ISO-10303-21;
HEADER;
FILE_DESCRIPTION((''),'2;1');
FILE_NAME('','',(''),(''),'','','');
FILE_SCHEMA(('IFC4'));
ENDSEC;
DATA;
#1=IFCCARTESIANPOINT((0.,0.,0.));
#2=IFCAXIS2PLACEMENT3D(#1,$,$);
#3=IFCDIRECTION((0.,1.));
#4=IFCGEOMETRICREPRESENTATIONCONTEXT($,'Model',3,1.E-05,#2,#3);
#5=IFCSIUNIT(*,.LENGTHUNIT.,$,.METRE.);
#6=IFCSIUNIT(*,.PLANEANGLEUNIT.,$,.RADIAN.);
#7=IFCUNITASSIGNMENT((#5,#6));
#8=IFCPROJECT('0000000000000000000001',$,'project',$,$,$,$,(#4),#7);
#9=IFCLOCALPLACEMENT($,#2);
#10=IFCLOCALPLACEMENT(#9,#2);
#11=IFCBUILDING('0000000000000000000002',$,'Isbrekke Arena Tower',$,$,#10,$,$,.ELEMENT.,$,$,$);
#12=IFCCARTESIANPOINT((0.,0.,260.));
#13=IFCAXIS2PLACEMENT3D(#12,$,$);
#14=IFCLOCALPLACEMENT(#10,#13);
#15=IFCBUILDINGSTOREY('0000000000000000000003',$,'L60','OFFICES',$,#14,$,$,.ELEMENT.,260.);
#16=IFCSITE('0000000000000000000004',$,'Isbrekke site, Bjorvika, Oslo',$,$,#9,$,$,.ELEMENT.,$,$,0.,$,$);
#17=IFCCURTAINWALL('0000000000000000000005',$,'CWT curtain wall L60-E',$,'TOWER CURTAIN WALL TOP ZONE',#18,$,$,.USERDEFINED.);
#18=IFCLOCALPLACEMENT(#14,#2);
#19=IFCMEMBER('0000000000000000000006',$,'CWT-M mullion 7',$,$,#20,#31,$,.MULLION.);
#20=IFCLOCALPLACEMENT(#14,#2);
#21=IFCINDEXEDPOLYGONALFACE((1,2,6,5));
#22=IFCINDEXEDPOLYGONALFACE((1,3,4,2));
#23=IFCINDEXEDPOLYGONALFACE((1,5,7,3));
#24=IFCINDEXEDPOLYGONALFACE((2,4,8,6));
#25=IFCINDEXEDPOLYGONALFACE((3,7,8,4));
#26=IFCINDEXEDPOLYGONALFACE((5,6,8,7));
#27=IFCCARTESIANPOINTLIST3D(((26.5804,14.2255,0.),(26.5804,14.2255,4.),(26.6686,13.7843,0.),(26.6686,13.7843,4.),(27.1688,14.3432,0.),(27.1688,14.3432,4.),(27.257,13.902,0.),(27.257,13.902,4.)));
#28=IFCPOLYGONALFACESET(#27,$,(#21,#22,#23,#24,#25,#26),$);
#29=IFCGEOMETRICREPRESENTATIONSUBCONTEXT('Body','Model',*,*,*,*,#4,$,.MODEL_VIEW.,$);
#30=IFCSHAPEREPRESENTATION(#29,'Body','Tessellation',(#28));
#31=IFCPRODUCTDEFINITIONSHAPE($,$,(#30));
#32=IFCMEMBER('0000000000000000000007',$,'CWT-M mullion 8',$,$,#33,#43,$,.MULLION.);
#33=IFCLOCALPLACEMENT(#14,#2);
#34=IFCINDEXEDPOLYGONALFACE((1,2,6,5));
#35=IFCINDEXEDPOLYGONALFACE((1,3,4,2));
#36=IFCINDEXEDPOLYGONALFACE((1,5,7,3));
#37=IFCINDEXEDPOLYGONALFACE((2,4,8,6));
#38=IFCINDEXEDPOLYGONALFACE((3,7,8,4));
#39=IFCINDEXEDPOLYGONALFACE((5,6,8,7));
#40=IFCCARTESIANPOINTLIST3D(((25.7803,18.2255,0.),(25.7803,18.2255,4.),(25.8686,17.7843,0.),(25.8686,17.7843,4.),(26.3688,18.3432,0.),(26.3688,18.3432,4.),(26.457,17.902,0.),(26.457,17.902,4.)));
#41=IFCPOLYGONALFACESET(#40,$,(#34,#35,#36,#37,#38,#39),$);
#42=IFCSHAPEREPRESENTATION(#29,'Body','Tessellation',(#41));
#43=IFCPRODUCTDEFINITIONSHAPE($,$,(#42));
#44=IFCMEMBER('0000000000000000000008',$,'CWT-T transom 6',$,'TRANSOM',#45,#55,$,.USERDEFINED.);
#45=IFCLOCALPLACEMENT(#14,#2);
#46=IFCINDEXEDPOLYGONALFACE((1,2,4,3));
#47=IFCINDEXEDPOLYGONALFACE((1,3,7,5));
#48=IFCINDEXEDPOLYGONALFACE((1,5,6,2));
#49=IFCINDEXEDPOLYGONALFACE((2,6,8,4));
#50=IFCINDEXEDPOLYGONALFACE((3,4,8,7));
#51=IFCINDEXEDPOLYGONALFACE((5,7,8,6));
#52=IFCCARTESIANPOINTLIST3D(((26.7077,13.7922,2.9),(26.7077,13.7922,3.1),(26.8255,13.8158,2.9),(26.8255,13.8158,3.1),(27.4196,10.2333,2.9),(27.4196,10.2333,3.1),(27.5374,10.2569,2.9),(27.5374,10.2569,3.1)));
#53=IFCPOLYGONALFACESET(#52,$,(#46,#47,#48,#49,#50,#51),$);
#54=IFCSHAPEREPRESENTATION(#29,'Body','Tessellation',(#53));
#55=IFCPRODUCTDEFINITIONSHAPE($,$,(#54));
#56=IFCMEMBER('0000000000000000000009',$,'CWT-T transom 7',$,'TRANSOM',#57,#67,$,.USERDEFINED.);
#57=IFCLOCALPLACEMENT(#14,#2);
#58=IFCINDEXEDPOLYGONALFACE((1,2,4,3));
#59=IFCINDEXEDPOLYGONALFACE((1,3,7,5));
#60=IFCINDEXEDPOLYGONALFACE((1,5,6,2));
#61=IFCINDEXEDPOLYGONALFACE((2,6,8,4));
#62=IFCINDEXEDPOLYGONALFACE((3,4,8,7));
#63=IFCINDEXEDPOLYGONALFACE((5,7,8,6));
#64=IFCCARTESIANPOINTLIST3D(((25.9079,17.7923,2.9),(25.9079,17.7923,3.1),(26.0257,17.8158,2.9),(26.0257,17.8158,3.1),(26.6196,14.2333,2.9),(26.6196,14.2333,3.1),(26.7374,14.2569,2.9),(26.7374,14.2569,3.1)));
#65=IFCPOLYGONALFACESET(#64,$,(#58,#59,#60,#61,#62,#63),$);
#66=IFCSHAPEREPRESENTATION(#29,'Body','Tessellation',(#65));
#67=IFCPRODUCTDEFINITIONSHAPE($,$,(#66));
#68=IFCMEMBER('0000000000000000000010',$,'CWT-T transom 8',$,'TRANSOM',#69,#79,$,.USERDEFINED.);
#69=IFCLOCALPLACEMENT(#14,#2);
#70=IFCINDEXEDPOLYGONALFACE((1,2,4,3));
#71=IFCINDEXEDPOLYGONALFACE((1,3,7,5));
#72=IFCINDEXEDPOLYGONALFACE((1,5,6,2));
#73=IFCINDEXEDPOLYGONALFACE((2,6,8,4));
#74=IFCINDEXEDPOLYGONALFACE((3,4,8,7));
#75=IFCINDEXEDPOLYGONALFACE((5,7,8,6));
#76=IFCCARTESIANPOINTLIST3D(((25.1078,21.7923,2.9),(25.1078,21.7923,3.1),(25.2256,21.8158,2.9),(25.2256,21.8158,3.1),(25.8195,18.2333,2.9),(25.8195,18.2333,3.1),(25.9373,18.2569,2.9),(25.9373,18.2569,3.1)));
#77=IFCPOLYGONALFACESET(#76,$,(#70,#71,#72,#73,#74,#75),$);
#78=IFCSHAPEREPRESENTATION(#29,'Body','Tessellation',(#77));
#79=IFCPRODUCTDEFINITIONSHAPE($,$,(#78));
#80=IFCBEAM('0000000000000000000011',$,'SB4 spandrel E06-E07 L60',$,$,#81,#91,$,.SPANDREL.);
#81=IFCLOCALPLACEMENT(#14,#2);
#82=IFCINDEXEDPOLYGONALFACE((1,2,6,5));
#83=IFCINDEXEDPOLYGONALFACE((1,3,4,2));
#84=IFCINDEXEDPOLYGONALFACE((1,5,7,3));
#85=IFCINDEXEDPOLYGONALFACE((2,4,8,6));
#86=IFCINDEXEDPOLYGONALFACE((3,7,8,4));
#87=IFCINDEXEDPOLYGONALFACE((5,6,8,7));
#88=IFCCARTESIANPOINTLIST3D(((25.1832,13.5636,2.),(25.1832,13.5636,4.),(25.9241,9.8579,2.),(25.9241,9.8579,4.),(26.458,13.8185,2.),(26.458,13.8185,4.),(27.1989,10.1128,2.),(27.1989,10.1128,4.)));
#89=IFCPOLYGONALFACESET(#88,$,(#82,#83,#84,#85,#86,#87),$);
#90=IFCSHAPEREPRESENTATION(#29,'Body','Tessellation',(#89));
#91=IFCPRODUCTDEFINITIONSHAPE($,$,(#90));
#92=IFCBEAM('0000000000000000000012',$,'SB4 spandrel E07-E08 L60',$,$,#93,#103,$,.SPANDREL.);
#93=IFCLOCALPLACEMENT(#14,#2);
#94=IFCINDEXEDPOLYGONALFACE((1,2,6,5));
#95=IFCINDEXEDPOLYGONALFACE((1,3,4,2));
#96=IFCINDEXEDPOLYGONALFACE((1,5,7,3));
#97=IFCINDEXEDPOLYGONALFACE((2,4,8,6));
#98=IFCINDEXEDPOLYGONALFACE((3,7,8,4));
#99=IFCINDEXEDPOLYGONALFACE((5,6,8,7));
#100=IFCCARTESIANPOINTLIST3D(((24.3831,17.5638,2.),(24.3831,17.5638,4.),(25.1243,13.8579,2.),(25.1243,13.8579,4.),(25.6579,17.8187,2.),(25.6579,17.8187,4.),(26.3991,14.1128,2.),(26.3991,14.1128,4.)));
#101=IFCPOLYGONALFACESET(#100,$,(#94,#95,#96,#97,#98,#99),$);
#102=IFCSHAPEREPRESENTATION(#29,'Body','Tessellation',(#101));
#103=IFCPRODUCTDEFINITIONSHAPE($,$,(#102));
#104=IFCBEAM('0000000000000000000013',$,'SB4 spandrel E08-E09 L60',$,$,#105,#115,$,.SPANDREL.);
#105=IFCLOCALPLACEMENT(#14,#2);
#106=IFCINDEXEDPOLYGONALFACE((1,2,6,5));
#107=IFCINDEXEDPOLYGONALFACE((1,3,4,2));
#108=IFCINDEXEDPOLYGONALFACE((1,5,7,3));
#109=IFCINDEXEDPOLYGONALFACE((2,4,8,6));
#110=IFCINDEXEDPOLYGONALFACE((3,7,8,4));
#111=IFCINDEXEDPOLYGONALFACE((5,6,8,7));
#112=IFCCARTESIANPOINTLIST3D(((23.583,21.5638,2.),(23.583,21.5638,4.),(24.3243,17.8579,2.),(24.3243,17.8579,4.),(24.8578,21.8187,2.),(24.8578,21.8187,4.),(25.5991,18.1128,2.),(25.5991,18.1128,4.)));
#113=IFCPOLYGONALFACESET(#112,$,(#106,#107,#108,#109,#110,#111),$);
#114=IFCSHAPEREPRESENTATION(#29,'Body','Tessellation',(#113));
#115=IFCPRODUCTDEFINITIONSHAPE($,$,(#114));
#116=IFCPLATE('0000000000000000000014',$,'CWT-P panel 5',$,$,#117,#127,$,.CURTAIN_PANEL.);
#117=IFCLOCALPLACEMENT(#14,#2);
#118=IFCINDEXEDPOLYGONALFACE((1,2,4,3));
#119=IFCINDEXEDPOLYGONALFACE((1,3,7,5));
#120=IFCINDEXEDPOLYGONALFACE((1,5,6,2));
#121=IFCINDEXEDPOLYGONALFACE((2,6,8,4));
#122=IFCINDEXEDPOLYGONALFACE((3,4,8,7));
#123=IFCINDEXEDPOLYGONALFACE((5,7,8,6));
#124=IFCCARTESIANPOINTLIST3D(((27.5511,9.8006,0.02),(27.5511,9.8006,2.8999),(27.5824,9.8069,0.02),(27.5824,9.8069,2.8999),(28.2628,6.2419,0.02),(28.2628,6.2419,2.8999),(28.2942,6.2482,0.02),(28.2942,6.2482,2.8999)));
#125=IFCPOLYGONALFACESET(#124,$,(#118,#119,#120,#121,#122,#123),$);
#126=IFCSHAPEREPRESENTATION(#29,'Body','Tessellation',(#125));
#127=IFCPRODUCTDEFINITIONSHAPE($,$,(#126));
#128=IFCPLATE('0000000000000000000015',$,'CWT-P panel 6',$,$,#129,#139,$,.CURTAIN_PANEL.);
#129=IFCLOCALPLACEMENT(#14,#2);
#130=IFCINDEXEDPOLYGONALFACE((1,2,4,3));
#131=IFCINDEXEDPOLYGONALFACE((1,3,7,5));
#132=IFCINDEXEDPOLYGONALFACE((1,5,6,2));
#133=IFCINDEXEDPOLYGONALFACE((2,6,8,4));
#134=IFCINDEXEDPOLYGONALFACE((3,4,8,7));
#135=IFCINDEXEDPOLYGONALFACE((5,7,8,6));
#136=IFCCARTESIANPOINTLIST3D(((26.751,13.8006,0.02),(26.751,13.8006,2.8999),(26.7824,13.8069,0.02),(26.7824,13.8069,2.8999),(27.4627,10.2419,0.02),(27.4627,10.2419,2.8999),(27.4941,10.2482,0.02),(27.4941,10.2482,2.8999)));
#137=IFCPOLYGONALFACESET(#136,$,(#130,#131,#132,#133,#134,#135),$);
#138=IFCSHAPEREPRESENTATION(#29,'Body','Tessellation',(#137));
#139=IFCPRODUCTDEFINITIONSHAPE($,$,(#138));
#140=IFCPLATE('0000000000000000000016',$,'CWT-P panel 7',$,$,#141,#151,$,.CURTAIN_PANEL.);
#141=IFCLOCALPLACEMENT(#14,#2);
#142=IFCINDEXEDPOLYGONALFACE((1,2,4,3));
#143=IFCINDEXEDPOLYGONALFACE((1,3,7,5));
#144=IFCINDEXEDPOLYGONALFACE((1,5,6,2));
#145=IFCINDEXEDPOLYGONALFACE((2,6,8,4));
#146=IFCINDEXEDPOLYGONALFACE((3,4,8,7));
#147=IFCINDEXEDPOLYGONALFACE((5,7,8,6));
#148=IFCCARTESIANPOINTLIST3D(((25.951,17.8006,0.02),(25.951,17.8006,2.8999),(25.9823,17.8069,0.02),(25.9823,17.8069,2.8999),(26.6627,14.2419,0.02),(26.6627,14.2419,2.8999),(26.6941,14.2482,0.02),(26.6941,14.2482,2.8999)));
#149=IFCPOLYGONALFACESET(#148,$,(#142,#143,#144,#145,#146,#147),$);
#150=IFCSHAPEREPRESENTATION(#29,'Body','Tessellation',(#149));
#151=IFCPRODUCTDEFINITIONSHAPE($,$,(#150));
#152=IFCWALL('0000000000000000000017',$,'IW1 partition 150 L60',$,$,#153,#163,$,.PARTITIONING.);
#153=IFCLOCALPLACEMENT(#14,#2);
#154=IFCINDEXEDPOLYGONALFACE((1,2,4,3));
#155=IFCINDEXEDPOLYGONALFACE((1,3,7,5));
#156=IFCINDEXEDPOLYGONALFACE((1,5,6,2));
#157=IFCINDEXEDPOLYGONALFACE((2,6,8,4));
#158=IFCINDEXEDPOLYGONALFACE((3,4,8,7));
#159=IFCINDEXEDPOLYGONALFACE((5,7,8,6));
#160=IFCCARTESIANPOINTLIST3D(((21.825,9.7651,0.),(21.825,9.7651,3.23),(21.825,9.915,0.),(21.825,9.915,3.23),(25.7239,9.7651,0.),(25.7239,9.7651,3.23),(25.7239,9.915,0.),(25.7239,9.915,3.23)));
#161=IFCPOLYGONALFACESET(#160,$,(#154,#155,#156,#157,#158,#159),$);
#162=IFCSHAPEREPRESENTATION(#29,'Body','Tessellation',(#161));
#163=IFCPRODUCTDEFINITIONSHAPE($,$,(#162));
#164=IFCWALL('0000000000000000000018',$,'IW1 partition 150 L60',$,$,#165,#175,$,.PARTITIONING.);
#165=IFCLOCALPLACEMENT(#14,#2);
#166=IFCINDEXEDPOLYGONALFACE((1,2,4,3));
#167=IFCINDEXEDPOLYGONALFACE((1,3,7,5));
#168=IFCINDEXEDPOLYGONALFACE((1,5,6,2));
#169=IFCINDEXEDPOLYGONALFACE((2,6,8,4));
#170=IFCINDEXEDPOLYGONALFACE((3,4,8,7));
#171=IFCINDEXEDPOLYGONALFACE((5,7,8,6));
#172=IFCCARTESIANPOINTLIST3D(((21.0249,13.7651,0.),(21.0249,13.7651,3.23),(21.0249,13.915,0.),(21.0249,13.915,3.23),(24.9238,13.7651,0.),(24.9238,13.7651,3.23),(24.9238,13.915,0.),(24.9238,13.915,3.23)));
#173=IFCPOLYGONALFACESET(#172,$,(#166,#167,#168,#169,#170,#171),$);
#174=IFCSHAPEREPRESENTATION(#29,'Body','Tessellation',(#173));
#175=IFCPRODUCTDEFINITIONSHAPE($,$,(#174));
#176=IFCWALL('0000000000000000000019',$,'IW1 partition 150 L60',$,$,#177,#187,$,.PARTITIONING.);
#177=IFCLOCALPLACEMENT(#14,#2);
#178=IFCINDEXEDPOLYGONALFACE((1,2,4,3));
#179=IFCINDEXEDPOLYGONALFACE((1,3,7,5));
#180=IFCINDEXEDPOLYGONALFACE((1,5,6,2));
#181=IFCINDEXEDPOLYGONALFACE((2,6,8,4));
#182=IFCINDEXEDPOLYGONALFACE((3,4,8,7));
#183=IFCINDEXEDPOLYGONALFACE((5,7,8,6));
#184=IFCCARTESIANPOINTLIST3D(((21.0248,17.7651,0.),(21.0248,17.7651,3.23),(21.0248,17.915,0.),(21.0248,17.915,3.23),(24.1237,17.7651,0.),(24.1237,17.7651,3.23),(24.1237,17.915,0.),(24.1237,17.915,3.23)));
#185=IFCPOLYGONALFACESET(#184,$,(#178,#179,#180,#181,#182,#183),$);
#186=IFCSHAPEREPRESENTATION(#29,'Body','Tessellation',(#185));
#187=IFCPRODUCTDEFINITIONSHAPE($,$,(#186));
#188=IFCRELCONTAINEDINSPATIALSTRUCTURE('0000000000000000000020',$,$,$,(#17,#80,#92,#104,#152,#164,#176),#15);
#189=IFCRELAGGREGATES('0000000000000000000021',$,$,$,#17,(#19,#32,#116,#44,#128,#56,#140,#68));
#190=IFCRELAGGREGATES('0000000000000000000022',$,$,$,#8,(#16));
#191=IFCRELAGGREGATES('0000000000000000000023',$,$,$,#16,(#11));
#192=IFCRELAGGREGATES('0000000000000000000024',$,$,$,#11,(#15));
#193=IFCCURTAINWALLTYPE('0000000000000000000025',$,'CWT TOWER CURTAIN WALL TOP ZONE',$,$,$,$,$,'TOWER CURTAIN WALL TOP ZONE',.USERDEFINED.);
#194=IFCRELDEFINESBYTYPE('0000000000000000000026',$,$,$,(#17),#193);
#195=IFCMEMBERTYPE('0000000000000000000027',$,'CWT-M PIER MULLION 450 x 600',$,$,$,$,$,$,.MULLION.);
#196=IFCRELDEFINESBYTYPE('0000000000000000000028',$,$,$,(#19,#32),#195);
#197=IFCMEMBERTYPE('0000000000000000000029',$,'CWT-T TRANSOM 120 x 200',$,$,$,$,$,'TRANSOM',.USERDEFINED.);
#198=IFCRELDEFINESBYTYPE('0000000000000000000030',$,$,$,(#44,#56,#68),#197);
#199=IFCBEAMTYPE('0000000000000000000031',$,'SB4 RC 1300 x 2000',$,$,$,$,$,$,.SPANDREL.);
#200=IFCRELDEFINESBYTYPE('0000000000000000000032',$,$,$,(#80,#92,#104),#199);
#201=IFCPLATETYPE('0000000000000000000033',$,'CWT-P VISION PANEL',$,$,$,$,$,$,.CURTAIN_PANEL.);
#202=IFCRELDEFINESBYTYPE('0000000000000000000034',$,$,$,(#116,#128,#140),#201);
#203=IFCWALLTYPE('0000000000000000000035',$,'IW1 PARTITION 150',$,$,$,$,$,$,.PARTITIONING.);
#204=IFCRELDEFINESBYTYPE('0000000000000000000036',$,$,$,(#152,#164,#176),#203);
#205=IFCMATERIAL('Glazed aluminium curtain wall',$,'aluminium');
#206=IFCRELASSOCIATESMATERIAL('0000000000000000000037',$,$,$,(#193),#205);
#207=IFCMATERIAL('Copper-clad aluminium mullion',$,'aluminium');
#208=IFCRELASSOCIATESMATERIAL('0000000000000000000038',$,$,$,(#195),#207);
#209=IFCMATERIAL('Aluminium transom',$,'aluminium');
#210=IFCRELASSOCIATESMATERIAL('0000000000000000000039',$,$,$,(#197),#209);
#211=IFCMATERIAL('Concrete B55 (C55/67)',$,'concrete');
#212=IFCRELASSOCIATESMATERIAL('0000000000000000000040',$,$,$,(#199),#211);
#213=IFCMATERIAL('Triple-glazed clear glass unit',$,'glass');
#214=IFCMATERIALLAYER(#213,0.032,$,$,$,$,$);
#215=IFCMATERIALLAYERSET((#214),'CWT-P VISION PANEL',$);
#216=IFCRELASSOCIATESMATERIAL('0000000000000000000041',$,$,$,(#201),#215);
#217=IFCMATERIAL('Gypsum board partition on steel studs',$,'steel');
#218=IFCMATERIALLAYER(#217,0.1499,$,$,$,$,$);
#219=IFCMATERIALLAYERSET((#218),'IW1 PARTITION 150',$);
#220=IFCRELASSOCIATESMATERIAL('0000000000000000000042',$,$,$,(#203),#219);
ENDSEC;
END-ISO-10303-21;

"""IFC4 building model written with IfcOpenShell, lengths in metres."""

from ifc_helpers import new_model, si_unit, direction, frame, frame_2d, origin, origin_2d, place, context, subcontext, project, spatial, rectangle, extrude, material, layer, layer_set, material_profile, profile_set, type_object, element, aggregate, save


model = new_model("IFC4")

# Units and contexts
model_context = context("Model", 3, precision=1e-05, world=origin(), true_north=direction((0.0, 1.0)))
body_context = subcontext(model_context, "Body", "Model", "MODEL_VIEW")
ifc_project = project(units=[si_unit("LENGTHUNIT", "METRE"), si_unit("PLANEANGLEUNIT", "RADIAN")], contexts=[model_context])

# Site, building, storey
site_placement = place(None, origin())
site = spatial("IfcSite", under=ifc_project, at=site_placement, Name="Isbrekke site, Bjorvika, Oslo", CompositionType="ELEMENT", RefElevation=0.0)
building_placement = place(site_placement, origin())
building = spatial("IfcBuilding", under=site, at=building_placement, Name="Isbrekke Arena Tower", CompositionType="ELEMENT")
storey_placement = place(building_placement, frame((0.0, 0.0, 260.0)))
storey = spatial("IfcBuildingStorey", under=building, at=storey_placement, Name="L60", Description="OFFICES", CompositionType="ELEMENT", Elevation=260.0)

# Curtain wall, members
ifc_material_1 = material(Name="Glazed aluminium curtain wall", Category="aluminium")
curtain_wall_type = type_object("IfcCurtainWallType", Name="CWT TOWER CURTAIN WALL TOP ZONE", ElementType="TOWER CURTAIN WALL TOP ZONE", PredefinedType="USERDEFINED", material=ifc_material_1)
curtain_wall_placement = place(storey_placement, origin())
curtain_wall = element("IfcCurtainWall", 1, at=curtain_wall_placement, inside=storey, type_object=curtain_wall_type, Name="CWT curtain wall L60-E", ObjectType="TOWER CURTAIN WALL TOP ZONE", PredefinedType="USERDEFINED")
ifc_material_2 = material(Name="Copper-clad aluminium mullion", Category="aluminium")
ifc_material_profile_1 = material_profile(ifc_material_2, rectangle(XDim=0.45, YDim=0.6001, at=origin_2d()), Name="PIER 450X600")
ifc_profile_set_1 = profile_set([ifc_material_profile_1], Name="Copper-clad aluminium mullion")
member_type_1 = type_object("IfcMemberType", Name="CWT-M PIER MULLION 450 x 600", PredefinedType="MULLION", material=ifc_profile_set_1)
member_1_placement = place(storey_placement, frame((26.9187, 14.0637, 0.0), z_axis=(0.0, 0.0, 1.0), x_axis=(-0.196116, 0.980581, 0.0)))
member_1 = element("IfcMember", 2, at=member_1_placement, type_object=member_type_1, Name="CWT-M mullion 7", PredefinedType="MULLION", context=body_context, shape_type="SweptSolid", body=[
    extrude(rectangle(XDim=0.45, YDim=0.6001, at=origin_2d()), origin(), (0.0, 0.0, 1.0), 4.0),
])
member_2_placement = place(storey_placement, frame((26.1187, 18.0637, 0.0), z_axis=(0.0, 0.0, 1.0), x_axis=(-0.196116, 0.980581, 0.0)))
member_2 = element("IfcMember", 3, at=member_2_placement, type_object=member_type_1, Name="CWT-M mullion 8", PredefinedType="MULLION", context=body_context, shape_type="SweptSolid", body=[
    extrude(rectangle(XDim=0.45, YDim=0.6001, at=origin_2d()), origin(), (0.0, 0.0, 1.0), 4.0),
])
ifc_material_3 = material(Name="Aluminium transom", Category="aluminium")
ifc_material_profile_2 = material_profile(ifc_material_3, rectangle(XDim=0.1201, YDim=0.2, at=origin_2d()), Name="TRANSOM 120X200")
ifc_profile_set_2 = profile_set([ifc_material_profile_2], Name="Aluminium transom")
member_type_2 = type_object("IfcMemberType", Name="CWT-T TRANSOM 120 x 200", ElementType="TRANSOM", PredefinedType="USERDEFINED", material=ifc_profile_set_2)
member_3_placement = place(storey_placement, frame((27.4785, 10.2451, 3.0), z_axis=(-0.196155, 0.980573, 0.0), x_axis=(-0.980573, -0.196155, 0.0)))
member_3 = element("IfcMember", 4, at=member_3_placement, type_object=member_type_2, Name="CWT-T transom 6", ObjectType="TRANSOM", PredefinedType="USERDEFINED", context=body_context, shape_type="SweptSolid", body=[
    extrude(rectangle(XDim=0.1201, YDim=0.2, at=origin_2d()), origin(), (0.0, 0.0, 1.0), 3.6294),
])
member_4_placement = place(storey_placement, frame((26.6785, 14.2451, 3.0), z_axis=(-0.19609, 0.980586, 0.0), x_axis=(-0.980586, -0.19609, 0.0)))
member_4 = element("IfcMember", 5, at=member_4_placement, type_object=member_type_2, Name="CWT-T transom 7", ObjectType="TRANSOM", PredefinedType="USERDEFINED", context=body_context, shape_type="SweptSolid", body=[
    extrude(rectangle(XDim=0.1201, YDim=0.2, at=origin_2d()), origin(), (0.0, 0.0, 1.0), 3.6294),
])
member_5_placement = place(storey_placement, frame((25.8784, 18.2451, 3.0), z_axis=(-0.19609, 0.980586, 0.0), x_axis=(-0.980586, -0.19609, 0.0)))
member_5 = element("IfcMember", 6, at=member_5_placement, type_object=member_type_2, Name="CWT-T transom 8", ObjectType="TRANSOM", PredefinedType="USERDEFINED", context=body_context, shape_type="SweptSolid", body=[
    extrude(rectangle(XDim=0.1201, YDim=0.2, at=origin_2d()), origin(), (0.0, 0.0, 1.0), 3.6294),
])

# Beams
ifc_material_4 = material(Name="Concrete B55 (C55/67)", Category="concrete")
ifc_material_profile_3 = material_profile(ifc_material_4, rectangle(XDim=1.3, YDim=2.0, at=origin_2d()), Name="RC 1300x2000")
ifc_profile_set_3 = profile_set([ifc_material_profile_3], Name="Concrete B55 (C55/67)")
beam_type_1 = type_object("IfcBeamType", Name="SB4 RC 1300 x 2000", PredefinedType="SPANDREL", material=ifc_profile_set_3)
beam_1_placement = place(storey_placement, frame((26.5615, 9.9854, 3.0), z_axis=(-0.196066, 0.980591, 0.0), x_axis=(-0.980591, -0.196066, 0.0)))
element("IfcBeam", 7, at=beam_1_placement, inside=storey, type_object=beam_type_1, Name="SB4 spandrel E06-E07 L60", PredefinedType="SPANDREL", context=body_context, shape_type="SweptSolid", body=[
    extrude(rectangle(XDim=1.3, YDim=2.0, at=origin_2d()), origin(), (0.0, 0.0, 1.0), 3.7791),
])
for number, where, z_axis, x_axis, name in (
    (8, (25.7617, 13.9854, 3.0), (-0.196129, 0.980578, 0.0), (-0.980578, -0.196129, 0.0), "SB4 spandrel E07-E08 L60"),
    (9, (24.9617, 17.9854, 3.0), (-0.196129, 0.980578, 0.0), (-0.980578, -0.196129, 0.0), "SB4 spandrel E08-E09 L60"),
):
    element("IfcBeam", number, at=place(storey_placement, frame(where, z_axis=z_axis, x_axis=x_axis)), inside=storey, type_object=beam_type_1, Name=name, PredefinedType="SPANDREL", context=body_context, shape_type="SweptSolid", body=[
        extrude(rectangle(XDim=1.3, YDim=2.0, at=origin_2d()), origin(), (0.0, 0.0, 1.0), 3.7793),
    ])

# Plates
ifc_material_5 = material(Name="Triple-glazed clear glass unit", Category="glass")
ifc_layer_1 = layer(ifc_material_5, 0.032)
ifc_layer_set_1 = layer_set([ifc_layer_1], Name="CWT-P VISION PANEL")
plate_type = type_object("IfcPlateType", Name="CWT-P VISION PANEL", PredefinedType="CURTAIN_PANEL", material=ifc_layer_set_1)
plate_1_placement = place(storey_placement, frame((27.9226, 8.0244, 0.02), z_axis=(0.0, 0.0, 1.0), x_axis=(-0.196116, 0.980581, 0.0)))
plate_1 = element("IfcPlate", 10, at=plate_1_placement, type_object=plate_type, Name="CWT-P panel 5", PredefinedType="CURTAIN_PANEL", context=body_context, shape_type="SweptSolid", body=[
    extrude(rectangle(XDim=3.6292, YDim=0.032, at=origin_2d()), origin(), (0.0, 0.0, 1.0), 2.8799),
])
plate_2_placement = place(storey_placement, frame((27.1226, 12.0244, 0.02), z_axis=(0.0, 0.0, 1.0), x_axis=(-0.196116, 0.980581, 0.0)))
plate_2 = element("IfcPlate", 11, at=plate_2_placement, type_object=plate_type, Name="CWT-P panel 6", PredefinedType="CURTAIN_PANEL", context=body_context, shape_type="SweptSolid", body=[
    extrude(rectangle(XDim=3.6292, YDim=0.032, at=origin_2d()), origin(), (0.0, 0.0, 1.0), 2.8799),
])
plate_3_placement = place(storey_placement, frame((26.3225, 16.0244, 0.02), z_axis=(0.0, 0.0, 1.0), x_axis=(-0.196116, 0.980581, 0.0)))
plate_3 = element("IfcPlate", 12, at=plate_3_placement, type_object=plate_type, Name="CWT-P panel 7", PredefinedType="CURTAIN_PANEL", context=body_context, shape_type="SweptSolid", body=[
    extrude(rectangle(XDim=3.6292, YDim=0.032, at=origin_2d()), origin(), (0.0, 0.0, 1.0), 2.8799),
])
aggregate(curtain_wall, [member_1, member_2, plate_1, member_3, plate_2, member_4, plate_3, member_5])

# Walls
ifc_material_6 = material(Name="Gypsum board partition on steel studs", Category="steel")
ifc_layer_2 = layer(ifc_material_6, 0.1499)
ifc_layer_set_2 = layer_set([ifc_layer_2], Name="IW1 PARTITION 150")
wall_type = type_object("IfcWallType", Name="IW1 PARTITION 150", PredefinedType="PARTITIONING", material=ifc_layer_set_2)
for number, where, z_axis, x_axis, name in (
    (13, (21.825, 9.8401, 0.0), (0.0, 0.0, 1.0), (1.0, 0.0, 0.0), "IW1 partition 150 L60"),
    (14, (21.0249, 13.8401, 0.0), (0.0, 0.0, 1.0), (1.0, 0.0, 0.0), "IW1 partition 150 L60"),
):
    element("IfcWall", number, at=place(storey_placement, frame(where, z_axis=z_axis, x_axis=x_axis)), inside=storey, type_object=wall_type, Name=name, PredefinedType="PARTITIONING", context=body_context, shape_type="SweptSolid", body=[
        extrude(rectangle(XDim=3.8989, YDim=0.1499, at=frame_2d((1.9495, 0.0))), origin(), (0.0, 0.0, 1.0), 3.23),
    ])
wall_1_placement = place(storey_placement, frame((21.0249, 17.8401, 0.0), z_axis=(0.0, 0.0, 1.0), x_axis=(1.0, 0.0, 0.0)))
element("IfcWall", 15, at=wall_1_placement, inside=storey, type_object=wall_type, Name="IW1 partition 150 L60", PredefinedType="PARTITIONING", context=body_context, shape_type="SweptSolid", body=[
    extrude(rectangle(XDim=3.0989, YDim=0.1499, at=frame_2d((1.5493, 0.0))), origin(), (0.0, 0.0, 1.0), 3.23),
])

save(model, "model.ifc")
